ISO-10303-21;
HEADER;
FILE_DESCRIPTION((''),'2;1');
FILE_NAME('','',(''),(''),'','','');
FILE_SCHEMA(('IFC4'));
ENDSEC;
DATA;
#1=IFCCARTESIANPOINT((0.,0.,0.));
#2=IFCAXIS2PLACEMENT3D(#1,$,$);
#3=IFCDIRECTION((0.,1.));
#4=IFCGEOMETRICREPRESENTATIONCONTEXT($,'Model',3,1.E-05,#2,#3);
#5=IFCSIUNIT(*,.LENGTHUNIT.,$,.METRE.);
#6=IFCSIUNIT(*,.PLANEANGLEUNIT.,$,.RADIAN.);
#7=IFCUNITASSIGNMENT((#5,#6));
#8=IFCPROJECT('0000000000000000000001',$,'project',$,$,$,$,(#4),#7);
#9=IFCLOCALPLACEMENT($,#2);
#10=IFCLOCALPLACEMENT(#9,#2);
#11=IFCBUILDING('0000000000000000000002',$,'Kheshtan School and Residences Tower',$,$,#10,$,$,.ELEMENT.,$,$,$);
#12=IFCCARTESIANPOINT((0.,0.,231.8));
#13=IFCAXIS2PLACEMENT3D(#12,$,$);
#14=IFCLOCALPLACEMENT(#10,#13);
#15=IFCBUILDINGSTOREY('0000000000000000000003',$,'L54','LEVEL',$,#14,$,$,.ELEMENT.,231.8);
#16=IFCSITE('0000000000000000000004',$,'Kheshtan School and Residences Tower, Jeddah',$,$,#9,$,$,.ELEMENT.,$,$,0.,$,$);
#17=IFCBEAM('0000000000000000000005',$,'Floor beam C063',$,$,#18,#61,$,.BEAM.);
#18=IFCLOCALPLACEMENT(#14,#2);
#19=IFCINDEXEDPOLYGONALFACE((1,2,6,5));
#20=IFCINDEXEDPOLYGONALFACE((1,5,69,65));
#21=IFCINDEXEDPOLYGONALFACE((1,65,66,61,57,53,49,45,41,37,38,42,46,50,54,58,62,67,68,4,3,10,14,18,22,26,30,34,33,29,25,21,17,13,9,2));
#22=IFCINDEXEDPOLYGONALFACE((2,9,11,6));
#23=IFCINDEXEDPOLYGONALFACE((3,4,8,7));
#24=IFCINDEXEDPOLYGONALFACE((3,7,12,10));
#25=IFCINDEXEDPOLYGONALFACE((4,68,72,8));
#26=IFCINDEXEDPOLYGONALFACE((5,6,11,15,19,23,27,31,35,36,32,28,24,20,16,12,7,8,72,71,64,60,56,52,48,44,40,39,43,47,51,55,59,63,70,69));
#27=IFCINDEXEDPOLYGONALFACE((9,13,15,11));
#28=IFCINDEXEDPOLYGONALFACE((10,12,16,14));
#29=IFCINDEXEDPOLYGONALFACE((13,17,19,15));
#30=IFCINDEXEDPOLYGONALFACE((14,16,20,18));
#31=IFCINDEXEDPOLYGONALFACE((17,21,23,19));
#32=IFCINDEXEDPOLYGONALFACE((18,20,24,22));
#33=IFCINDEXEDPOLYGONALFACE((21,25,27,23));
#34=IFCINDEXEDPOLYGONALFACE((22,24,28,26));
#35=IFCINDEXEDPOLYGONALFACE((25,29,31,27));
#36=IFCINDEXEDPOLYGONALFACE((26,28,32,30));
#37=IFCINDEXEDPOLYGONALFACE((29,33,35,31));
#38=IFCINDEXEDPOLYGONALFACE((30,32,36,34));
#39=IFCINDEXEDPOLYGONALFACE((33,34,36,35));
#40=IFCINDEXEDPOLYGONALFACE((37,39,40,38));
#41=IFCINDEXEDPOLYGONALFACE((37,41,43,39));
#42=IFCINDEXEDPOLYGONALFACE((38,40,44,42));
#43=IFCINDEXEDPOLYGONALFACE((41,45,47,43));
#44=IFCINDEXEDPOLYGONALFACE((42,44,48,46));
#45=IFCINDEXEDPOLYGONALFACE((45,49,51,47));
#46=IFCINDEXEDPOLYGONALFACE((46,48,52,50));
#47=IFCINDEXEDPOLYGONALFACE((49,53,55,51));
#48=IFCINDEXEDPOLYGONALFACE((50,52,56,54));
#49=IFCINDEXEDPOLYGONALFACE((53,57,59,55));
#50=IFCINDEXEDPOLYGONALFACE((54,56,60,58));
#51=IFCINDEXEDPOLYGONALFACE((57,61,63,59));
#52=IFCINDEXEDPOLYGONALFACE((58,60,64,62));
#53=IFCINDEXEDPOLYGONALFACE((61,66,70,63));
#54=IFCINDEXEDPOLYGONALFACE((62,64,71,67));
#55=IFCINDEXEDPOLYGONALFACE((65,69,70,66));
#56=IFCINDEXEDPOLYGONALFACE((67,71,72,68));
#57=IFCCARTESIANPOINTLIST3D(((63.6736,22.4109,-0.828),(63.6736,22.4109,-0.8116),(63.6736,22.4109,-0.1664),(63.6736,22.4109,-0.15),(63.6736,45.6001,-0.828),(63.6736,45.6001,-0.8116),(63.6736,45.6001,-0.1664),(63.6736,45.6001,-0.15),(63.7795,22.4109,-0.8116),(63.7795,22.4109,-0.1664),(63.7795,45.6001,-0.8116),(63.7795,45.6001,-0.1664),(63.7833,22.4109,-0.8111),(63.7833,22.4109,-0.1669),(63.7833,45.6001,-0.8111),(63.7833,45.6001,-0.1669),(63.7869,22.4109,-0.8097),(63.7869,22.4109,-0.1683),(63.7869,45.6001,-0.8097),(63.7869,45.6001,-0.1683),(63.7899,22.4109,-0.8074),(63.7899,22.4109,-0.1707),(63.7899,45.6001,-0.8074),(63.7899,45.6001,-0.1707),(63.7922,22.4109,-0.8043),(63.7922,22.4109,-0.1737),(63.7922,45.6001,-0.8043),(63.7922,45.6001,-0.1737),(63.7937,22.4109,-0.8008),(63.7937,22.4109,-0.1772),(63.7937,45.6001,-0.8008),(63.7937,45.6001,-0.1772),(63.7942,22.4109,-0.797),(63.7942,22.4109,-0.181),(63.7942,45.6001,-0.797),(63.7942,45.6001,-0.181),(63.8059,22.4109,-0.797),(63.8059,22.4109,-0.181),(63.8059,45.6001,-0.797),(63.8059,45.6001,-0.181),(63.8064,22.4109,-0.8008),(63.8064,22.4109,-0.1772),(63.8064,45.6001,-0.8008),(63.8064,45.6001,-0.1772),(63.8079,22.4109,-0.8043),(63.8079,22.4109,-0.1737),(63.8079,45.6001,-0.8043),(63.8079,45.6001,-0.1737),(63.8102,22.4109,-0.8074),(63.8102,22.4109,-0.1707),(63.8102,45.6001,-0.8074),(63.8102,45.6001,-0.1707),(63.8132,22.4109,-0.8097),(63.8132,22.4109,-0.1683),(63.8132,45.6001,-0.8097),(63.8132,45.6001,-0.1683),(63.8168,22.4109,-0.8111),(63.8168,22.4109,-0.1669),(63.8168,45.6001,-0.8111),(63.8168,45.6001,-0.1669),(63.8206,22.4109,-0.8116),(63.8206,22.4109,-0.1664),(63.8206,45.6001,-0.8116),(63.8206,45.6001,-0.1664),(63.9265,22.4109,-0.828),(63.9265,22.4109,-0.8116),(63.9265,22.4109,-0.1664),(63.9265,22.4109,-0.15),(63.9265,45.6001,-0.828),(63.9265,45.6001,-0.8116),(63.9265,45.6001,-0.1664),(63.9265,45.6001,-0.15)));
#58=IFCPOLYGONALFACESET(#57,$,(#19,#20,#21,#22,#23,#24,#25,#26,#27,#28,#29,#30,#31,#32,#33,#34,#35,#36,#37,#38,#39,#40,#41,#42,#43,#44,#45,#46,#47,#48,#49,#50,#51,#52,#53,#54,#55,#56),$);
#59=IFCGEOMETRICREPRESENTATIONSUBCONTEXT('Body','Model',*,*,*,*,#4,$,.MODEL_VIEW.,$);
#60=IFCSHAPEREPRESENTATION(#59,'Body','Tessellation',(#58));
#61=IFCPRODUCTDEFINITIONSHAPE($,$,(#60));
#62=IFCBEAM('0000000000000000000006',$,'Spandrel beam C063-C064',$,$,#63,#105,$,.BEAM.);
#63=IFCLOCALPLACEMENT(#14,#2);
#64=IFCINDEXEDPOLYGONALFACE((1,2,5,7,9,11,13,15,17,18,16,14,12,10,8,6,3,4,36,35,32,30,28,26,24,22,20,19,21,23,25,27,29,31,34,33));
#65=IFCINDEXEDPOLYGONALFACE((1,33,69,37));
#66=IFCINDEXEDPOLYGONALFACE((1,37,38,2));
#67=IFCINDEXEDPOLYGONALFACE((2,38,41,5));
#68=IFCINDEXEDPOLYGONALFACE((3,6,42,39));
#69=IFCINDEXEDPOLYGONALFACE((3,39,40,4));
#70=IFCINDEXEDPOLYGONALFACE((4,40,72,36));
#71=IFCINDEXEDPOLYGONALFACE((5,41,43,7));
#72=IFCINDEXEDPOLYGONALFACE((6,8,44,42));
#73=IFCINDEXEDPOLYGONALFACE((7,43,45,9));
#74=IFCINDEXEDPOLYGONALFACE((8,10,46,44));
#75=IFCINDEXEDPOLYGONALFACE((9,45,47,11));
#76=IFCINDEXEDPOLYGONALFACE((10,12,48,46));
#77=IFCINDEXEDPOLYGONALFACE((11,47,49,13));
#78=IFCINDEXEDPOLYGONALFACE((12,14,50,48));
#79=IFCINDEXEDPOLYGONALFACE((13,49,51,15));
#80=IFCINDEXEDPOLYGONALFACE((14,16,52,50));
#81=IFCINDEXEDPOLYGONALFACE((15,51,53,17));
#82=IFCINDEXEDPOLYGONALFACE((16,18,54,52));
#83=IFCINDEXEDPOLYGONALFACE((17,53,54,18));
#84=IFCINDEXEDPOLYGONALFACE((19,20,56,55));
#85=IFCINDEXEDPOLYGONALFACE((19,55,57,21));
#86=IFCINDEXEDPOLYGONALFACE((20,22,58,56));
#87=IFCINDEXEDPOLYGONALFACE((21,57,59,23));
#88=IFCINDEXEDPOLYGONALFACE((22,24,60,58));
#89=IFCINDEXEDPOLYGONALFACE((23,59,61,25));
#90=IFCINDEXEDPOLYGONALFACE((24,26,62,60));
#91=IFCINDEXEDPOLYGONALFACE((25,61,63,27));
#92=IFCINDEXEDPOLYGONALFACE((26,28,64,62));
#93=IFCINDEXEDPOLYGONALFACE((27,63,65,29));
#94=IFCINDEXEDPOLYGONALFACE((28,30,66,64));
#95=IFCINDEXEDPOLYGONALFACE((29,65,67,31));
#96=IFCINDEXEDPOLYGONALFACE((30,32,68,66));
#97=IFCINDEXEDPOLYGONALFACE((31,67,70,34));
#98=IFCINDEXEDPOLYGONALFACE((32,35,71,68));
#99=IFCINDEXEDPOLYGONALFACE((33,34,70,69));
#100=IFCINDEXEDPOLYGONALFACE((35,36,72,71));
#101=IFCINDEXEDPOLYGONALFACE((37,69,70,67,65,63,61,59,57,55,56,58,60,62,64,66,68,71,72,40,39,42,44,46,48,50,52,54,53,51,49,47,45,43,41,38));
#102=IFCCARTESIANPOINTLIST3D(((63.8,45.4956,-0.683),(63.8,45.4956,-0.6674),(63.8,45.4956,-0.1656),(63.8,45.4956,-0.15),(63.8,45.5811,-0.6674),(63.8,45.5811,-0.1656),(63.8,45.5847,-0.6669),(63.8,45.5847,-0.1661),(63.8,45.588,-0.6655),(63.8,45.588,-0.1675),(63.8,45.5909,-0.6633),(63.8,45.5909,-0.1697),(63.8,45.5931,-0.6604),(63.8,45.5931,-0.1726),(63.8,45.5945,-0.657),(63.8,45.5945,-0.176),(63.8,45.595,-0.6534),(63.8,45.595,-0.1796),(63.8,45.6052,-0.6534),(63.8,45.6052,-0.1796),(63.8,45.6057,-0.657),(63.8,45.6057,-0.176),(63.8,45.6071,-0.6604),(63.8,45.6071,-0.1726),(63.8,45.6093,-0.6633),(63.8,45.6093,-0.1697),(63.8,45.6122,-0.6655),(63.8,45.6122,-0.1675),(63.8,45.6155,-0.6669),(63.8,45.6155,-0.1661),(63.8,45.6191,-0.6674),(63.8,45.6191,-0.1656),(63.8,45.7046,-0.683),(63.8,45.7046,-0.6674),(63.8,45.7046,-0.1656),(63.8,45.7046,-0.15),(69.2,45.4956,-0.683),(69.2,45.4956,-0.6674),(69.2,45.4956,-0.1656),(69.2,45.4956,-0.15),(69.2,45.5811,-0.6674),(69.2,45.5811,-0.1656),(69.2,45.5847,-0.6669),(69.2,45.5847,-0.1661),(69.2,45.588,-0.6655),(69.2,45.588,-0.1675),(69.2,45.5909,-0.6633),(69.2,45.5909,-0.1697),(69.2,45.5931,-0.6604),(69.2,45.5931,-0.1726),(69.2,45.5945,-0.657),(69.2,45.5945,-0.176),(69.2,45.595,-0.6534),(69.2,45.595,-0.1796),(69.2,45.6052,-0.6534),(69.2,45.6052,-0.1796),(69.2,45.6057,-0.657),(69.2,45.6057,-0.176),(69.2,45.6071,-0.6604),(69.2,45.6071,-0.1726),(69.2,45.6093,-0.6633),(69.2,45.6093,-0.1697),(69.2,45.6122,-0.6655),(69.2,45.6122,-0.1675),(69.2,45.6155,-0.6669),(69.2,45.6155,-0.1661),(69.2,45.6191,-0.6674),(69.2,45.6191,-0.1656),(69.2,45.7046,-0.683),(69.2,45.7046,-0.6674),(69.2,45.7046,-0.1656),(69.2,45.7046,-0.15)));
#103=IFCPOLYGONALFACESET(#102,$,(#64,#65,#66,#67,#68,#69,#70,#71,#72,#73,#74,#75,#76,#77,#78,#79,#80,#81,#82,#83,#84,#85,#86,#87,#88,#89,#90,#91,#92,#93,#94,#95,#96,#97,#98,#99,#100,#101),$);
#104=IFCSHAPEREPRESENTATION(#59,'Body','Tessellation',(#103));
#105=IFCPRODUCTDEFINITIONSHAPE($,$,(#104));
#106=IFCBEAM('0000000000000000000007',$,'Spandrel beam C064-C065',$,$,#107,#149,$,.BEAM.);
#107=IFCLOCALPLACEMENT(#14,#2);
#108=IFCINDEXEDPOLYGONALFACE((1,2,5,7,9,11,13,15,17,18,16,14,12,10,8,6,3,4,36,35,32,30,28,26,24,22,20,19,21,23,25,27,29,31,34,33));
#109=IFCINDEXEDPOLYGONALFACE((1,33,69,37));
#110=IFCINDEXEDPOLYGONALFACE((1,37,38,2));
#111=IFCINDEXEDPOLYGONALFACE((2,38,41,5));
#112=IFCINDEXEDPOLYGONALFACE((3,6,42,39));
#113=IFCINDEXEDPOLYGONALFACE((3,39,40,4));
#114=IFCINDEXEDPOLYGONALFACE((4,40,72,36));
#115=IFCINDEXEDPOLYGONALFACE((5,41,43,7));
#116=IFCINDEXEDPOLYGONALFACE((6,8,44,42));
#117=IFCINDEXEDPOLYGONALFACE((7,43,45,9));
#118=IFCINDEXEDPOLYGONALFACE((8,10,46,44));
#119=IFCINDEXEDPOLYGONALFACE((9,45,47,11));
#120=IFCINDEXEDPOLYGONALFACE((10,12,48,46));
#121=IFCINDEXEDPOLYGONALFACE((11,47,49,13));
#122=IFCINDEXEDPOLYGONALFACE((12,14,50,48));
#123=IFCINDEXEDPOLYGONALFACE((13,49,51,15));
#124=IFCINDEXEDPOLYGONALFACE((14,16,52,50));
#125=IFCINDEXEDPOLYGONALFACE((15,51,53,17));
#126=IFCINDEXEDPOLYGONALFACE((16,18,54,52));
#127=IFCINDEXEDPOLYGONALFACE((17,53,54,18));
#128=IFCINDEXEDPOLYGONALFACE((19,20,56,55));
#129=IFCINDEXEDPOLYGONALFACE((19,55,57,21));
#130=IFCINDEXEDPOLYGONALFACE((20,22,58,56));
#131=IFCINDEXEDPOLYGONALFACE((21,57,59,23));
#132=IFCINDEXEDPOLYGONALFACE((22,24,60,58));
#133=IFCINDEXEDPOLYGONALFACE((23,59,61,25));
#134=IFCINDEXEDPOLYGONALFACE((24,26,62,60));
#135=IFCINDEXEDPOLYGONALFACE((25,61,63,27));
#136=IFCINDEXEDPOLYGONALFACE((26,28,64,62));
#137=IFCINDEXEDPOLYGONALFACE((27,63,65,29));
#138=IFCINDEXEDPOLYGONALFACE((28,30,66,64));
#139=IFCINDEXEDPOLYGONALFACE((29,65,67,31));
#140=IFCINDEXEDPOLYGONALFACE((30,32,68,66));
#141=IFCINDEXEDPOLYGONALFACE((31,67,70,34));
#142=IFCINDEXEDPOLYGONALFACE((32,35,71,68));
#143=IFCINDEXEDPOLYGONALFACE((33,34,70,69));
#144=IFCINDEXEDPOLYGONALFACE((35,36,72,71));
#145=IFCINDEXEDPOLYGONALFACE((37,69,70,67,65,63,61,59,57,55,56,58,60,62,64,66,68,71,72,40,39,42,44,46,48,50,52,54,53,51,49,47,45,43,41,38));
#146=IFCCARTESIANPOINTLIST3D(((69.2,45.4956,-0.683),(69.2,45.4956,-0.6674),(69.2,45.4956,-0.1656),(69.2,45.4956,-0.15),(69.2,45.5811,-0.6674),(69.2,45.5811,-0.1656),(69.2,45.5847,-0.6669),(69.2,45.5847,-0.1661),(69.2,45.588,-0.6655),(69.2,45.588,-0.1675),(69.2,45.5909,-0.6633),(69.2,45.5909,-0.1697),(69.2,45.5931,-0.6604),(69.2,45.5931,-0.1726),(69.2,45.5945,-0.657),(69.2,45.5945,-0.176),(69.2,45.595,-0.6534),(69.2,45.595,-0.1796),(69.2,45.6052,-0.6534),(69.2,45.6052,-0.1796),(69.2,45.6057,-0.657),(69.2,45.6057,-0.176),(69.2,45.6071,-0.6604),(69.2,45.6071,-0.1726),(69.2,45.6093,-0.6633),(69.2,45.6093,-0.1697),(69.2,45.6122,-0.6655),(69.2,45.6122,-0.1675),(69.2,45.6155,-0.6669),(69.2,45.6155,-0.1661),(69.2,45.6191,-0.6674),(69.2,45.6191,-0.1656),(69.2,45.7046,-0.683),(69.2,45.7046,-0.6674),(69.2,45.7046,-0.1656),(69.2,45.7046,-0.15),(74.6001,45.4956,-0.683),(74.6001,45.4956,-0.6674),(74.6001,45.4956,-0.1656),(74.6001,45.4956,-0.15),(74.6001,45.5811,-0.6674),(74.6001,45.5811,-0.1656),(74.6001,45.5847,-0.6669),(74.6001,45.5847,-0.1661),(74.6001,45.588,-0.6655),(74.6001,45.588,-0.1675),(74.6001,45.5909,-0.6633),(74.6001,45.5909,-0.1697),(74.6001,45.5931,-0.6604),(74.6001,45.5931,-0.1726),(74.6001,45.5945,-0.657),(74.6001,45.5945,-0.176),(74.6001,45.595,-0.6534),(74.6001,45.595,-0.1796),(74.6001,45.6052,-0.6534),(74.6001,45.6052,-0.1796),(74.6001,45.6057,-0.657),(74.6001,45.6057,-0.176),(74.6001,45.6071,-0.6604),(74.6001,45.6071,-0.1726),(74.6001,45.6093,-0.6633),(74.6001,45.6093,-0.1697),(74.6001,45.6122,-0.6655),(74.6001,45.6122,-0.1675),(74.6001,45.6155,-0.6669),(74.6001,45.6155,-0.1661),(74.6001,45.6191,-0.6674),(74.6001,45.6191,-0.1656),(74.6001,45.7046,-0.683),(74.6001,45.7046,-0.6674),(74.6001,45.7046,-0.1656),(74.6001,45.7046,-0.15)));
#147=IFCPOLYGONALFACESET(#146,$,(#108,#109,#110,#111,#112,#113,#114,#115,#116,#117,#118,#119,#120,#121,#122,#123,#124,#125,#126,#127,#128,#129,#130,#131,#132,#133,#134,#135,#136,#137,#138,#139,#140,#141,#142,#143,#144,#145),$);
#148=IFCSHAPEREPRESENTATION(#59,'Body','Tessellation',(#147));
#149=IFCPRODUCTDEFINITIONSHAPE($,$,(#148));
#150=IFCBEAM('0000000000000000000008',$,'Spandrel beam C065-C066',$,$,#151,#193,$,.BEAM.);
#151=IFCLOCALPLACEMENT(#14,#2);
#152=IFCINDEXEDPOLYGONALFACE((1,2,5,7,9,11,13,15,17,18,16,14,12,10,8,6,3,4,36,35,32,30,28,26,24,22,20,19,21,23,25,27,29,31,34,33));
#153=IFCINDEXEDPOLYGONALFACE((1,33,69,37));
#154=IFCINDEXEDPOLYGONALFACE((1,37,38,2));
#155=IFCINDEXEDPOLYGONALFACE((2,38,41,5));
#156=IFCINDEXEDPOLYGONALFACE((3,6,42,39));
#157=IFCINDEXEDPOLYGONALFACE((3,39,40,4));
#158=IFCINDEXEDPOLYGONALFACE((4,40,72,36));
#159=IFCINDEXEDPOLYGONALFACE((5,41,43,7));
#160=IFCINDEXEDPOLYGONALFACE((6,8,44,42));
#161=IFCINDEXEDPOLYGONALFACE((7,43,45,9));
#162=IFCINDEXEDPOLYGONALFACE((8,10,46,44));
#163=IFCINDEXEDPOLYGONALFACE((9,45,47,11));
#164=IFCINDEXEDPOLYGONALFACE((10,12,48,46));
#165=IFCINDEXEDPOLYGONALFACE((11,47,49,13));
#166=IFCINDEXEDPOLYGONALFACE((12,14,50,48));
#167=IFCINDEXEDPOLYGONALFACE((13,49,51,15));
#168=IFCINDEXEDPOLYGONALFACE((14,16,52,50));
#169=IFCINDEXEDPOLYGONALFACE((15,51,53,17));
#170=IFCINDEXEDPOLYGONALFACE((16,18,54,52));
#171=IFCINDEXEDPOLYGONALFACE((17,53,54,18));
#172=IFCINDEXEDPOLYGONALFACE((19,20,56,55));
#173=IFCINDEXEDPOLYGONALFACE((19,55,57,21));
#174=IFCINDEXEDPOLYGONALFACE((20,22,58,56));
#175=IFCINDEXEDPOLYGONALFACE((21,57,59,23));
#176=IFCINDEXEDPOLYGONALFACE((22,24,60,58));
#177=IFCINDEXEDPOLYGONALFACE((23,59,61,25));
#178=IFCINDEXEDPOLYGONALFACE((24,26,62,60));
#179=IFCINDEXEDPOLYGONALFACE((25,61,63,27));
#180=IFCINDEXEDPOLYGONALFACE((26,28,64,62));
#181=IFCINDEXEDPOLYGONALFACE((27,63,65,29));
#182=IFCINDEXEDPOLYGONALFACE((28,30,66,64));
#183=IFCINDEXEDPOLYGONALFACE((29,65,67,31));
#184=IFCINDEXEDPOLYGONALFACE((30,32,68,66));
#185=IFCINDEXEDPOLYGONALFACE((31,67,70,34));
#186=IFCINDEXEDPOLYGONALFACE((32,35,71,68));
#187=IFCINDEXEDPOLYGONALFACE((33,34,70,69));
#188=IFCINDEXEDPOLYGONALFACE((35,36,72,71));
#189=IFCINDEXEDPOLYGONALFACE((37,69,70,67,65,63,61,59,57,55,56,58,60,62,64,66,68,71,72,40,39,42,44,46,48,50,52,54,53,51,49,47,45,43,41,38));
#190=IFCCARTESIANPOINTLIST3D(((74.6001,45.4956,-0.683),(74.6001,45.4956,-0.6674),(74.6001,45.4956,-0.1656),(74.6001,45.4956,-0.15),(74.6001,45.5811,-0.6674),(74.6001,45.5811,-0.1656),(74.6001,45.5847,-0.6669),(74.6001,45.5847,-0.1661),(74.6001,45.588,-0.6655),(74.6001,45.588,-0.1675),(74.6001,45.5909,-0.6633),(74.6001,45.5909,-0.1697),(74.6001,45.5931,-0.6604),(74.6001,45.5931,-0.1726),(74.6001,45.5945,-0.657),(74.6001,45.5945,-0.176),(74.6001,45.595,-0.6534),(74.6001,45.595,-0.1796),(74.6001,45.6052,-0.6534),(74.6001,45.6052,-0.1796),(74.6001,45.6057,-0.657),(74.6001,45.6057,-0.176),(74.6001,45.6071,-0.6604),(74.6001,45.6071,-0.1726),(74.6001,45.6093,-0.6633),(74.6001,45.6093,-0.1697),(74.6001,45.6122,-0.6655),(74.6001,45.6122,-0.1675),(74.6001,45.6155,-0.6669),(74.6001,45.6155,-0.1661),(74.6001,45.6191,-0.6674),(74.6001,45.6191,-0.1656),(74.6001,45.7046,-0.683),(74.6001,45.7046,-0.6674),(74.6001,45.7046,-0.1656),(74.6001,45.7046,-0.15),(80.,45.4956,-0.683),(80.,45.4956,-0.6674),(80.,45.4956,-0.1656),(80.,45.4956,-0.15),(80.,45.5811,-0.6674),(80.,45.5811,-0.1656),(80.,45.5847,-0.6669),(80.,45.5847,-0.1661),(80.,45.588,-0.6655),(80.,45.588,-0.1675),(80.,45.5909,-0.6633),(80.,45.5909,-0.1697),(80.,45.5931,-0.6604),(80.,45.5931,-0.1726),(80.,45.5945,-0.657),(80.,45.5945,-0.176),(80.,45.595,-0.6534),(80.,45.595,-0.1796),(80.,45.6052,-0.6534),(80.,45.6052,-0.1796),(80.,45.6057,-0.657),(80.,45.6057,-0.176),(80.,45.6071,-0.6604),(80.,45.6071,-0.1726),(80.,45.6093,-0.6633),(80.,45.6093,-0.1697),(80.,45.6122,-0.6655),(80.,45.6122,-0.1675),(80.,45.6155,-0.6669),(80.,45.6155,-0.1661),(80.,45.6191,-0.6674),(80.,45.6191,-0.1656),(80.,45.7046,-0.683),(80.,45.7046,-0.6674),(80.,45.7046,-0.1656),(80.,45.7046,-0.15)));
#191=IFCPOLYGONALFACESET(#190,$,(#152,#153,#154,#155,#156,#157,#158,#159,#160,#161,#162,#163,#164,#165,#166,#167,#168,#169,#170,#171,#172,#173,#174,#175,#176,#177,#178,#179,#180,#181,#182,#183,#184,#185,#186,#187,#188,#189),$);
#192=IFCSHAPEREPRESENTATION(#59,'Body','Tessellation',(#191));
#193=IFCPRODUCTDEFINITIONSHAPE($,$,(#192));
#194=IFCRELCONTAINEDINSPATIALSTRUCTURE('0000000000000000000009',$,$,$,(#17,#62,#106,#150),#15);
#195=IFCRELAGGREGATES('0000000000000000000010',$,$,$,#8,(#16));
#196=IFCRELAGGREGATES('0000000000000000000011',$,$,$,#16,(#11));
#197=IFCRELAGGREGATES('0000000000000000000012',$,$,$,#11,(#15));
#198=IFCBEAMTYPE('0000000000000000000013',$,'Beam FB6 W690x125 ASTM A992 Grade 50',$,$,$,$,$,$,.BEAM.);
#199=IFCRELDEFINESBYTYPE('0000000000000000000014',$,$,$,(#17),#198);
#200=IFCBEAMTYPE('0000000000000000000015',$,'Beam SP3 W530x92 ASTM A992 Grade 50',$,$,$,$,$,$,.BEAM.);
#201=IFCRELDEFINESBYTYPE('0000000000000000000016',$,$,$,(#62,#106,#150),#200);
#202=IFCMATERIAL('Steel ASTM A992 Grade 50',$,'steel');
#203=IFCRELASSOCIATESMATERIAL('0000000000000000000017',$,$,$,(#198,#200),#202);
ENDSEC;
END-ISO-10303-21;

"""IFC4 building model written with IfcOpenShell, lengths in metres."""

from ifc_helpers import new_model, si_unit, direction, frame, origin, origin_2d, place, context, subcontext, project, spatial, i_section, extrude, material, material_profile, profile_set, type_object, element, save


model = new_model("IFC4")

# Units and contexts
model_context = context("Model", 3, precision=1e-05, world=origin(), true_north=direction((0.0, 1.0)))
body_context = subcontext(model_context, "Body", "Model", "MODEL_VIEW")
ifc_project = project(units=[si_unit("LENGTHUNIT", "METRE"), si_unit("PLANEANGLEUNIT", "RADIAN")], contexts=[model_context])

# Site, building, storey
site_placement = place(None, origin())
site = spatial("IfcSite", under=ifc_project, at=site_placement, Name="Kheshtan School and Residences Tower, Jeddah", CompositionType="ELEMENT", RefElevation=0.0)
building_placement = place(site_placement, origin())
building = spatial("IfcBuilding", under=site, at=building_placement, Name="Kheshtan School and Residences Tower", CompositionType="ELEMENT")
storey_placement = place(building_placement, frame((0.0, 0.0, 231.8)))
storey = spatial("IfcBuildingStorey", under=building, at=storey_placement, Name="L54", Description="LEVEL", CompositionType="ELEMENT", Elevation=231.8)

# Shared definitions
ifc_material_1 = material(Name="Steel ASTM A992 Grade 50", Category="steel")

# Beams
ifc_material_profile_1 = material_profile(ifc_material_1, i_section(OverallWidth=0.2529, OverallDepth=0.678, WebThickness=0.0117, FlangeThickness=0.0164, FilletRadius=0.0146, at=origin_2d()), Name="W690x125")
ifc_profile_set_1 = profile_set([ifc_material_profile_1], Name="Steel ASTM A992 Grade 50")
beam_type_1 = type_object("IfcBeamType", Name="Beam FB6 W690x125 ASTM A992 Grade 50", PredefinedType="BEAM", material=ifc_profile_set_1)
beam_1_placement = place(storey_placement, frame((63.8, 45.6001, -0.489), z_axis=(0.0, -1.0, 0.0), x_axis=(1.0, 0.0, 0.0)))
element("IfcBeam", 1, at=beam_1_placement, inside=storey, type_object=beam_type_1, Name="Floor beam C063", PredefinedType="BEAM", context=body_context, shape_type="SweptSolid", body=[
    extrude(i_section(OverallWidth=0.2529, OverallDepth=0.678, WebThickness=0.0117, FlangeThickness=0.0164, FilletRadius=0.0146, at=origin_2d()), origin(), (0.0, 0.0, 1.0), 23.1892),
])
ifc_material_profile_2 = material_profile(ifc_material_1, i_section(OverallWidth=0.209, OverallDepth=0.533, WebThickness=0.0103, FlangeThickness=0.0156, FilletRadius=0.0139, at=origin_2d()), Name="W530x92")
ifc_profile_set_2 = profile_set([ifc_material_profile_2], Name="Steel ASTM A992 Grade 50")
beam_type_2 = type_object("IfcBeamType", Name="Beam SP3 W530x92 ASTM A992 Grade 50", PredefinedType="BEAM", material=ifc_profile_set_2)
beam_2_placement = place(storey_placement, frame((63.8, 45.6001, -0.4165), z_axis=(1.0, 0.0, 0.0), x_axis=(0.0, 1.0, 0.0)))
element("IfcBeam", 2, at=beam_2_placement, inside=storey, type_object=beam_type_2, Name="Spandrel beam C063-C064", PredefinedType="BEAM", context=body_context, shape_type="SweptSolid", body=[
    extrude(i_section(OverallWidth=0.209, OverallDepth=0.533, WebThickness=0.0103, FlangeThickness=0.0156, FilletRadius=0.0139, at=origin_2d()), origin(), (0.0, 0.0, 1.0), 5.3999),
])
beam_3_placement = place(storey_placement, frame((69.2, 45.6001, -0.4165), z_axis=(1.0, 0.0, 0.0), x_axis=(0.0, 1.0, 0.0)))
element("IfcBeam", 3, at=beam_3_placement, inside=storey, type_object=beam_type_2, Name="Spandrel beam C064-C065", PredefinedType="BEAM", context=body_context, shape_type="SweptSolid", body=[
    extrude(i_section(OverallWidth=0.209, OverallDepth=0.533, WebThickness=0.0103, FlangeThickness=0.0156, FilletRadius=0.0139, at=origin_2d()), origin(), (0.0, 0.0, 1.0), 5.4001),
])
beam_4_placement = place(storey_placement, frame((74.6001, 45.6001, -0.4165), z_axis=(1.0, 0.0, 0.0), x_axis=(0.0, 1.0, 0.0)))
element("IfcBeam", 4, at=beam_4_placement, inside=storey, type_object=beam_type_2, Name="Spandrel beam C065-C066", PredefinedType="BEAM", context=body_context, shape_type="SweptSolid", body=[
    extrude(i_section(OverallWidth=0.209, OverallDepth=0.533, WebThickness=0.0103, FlangeThickness=0.0156, FilletRadius=0.0139, at=origin_2d()), origin(), (0.0, 0.0, 1.0), 5.3999),
])

save(model, "model.ifc")
